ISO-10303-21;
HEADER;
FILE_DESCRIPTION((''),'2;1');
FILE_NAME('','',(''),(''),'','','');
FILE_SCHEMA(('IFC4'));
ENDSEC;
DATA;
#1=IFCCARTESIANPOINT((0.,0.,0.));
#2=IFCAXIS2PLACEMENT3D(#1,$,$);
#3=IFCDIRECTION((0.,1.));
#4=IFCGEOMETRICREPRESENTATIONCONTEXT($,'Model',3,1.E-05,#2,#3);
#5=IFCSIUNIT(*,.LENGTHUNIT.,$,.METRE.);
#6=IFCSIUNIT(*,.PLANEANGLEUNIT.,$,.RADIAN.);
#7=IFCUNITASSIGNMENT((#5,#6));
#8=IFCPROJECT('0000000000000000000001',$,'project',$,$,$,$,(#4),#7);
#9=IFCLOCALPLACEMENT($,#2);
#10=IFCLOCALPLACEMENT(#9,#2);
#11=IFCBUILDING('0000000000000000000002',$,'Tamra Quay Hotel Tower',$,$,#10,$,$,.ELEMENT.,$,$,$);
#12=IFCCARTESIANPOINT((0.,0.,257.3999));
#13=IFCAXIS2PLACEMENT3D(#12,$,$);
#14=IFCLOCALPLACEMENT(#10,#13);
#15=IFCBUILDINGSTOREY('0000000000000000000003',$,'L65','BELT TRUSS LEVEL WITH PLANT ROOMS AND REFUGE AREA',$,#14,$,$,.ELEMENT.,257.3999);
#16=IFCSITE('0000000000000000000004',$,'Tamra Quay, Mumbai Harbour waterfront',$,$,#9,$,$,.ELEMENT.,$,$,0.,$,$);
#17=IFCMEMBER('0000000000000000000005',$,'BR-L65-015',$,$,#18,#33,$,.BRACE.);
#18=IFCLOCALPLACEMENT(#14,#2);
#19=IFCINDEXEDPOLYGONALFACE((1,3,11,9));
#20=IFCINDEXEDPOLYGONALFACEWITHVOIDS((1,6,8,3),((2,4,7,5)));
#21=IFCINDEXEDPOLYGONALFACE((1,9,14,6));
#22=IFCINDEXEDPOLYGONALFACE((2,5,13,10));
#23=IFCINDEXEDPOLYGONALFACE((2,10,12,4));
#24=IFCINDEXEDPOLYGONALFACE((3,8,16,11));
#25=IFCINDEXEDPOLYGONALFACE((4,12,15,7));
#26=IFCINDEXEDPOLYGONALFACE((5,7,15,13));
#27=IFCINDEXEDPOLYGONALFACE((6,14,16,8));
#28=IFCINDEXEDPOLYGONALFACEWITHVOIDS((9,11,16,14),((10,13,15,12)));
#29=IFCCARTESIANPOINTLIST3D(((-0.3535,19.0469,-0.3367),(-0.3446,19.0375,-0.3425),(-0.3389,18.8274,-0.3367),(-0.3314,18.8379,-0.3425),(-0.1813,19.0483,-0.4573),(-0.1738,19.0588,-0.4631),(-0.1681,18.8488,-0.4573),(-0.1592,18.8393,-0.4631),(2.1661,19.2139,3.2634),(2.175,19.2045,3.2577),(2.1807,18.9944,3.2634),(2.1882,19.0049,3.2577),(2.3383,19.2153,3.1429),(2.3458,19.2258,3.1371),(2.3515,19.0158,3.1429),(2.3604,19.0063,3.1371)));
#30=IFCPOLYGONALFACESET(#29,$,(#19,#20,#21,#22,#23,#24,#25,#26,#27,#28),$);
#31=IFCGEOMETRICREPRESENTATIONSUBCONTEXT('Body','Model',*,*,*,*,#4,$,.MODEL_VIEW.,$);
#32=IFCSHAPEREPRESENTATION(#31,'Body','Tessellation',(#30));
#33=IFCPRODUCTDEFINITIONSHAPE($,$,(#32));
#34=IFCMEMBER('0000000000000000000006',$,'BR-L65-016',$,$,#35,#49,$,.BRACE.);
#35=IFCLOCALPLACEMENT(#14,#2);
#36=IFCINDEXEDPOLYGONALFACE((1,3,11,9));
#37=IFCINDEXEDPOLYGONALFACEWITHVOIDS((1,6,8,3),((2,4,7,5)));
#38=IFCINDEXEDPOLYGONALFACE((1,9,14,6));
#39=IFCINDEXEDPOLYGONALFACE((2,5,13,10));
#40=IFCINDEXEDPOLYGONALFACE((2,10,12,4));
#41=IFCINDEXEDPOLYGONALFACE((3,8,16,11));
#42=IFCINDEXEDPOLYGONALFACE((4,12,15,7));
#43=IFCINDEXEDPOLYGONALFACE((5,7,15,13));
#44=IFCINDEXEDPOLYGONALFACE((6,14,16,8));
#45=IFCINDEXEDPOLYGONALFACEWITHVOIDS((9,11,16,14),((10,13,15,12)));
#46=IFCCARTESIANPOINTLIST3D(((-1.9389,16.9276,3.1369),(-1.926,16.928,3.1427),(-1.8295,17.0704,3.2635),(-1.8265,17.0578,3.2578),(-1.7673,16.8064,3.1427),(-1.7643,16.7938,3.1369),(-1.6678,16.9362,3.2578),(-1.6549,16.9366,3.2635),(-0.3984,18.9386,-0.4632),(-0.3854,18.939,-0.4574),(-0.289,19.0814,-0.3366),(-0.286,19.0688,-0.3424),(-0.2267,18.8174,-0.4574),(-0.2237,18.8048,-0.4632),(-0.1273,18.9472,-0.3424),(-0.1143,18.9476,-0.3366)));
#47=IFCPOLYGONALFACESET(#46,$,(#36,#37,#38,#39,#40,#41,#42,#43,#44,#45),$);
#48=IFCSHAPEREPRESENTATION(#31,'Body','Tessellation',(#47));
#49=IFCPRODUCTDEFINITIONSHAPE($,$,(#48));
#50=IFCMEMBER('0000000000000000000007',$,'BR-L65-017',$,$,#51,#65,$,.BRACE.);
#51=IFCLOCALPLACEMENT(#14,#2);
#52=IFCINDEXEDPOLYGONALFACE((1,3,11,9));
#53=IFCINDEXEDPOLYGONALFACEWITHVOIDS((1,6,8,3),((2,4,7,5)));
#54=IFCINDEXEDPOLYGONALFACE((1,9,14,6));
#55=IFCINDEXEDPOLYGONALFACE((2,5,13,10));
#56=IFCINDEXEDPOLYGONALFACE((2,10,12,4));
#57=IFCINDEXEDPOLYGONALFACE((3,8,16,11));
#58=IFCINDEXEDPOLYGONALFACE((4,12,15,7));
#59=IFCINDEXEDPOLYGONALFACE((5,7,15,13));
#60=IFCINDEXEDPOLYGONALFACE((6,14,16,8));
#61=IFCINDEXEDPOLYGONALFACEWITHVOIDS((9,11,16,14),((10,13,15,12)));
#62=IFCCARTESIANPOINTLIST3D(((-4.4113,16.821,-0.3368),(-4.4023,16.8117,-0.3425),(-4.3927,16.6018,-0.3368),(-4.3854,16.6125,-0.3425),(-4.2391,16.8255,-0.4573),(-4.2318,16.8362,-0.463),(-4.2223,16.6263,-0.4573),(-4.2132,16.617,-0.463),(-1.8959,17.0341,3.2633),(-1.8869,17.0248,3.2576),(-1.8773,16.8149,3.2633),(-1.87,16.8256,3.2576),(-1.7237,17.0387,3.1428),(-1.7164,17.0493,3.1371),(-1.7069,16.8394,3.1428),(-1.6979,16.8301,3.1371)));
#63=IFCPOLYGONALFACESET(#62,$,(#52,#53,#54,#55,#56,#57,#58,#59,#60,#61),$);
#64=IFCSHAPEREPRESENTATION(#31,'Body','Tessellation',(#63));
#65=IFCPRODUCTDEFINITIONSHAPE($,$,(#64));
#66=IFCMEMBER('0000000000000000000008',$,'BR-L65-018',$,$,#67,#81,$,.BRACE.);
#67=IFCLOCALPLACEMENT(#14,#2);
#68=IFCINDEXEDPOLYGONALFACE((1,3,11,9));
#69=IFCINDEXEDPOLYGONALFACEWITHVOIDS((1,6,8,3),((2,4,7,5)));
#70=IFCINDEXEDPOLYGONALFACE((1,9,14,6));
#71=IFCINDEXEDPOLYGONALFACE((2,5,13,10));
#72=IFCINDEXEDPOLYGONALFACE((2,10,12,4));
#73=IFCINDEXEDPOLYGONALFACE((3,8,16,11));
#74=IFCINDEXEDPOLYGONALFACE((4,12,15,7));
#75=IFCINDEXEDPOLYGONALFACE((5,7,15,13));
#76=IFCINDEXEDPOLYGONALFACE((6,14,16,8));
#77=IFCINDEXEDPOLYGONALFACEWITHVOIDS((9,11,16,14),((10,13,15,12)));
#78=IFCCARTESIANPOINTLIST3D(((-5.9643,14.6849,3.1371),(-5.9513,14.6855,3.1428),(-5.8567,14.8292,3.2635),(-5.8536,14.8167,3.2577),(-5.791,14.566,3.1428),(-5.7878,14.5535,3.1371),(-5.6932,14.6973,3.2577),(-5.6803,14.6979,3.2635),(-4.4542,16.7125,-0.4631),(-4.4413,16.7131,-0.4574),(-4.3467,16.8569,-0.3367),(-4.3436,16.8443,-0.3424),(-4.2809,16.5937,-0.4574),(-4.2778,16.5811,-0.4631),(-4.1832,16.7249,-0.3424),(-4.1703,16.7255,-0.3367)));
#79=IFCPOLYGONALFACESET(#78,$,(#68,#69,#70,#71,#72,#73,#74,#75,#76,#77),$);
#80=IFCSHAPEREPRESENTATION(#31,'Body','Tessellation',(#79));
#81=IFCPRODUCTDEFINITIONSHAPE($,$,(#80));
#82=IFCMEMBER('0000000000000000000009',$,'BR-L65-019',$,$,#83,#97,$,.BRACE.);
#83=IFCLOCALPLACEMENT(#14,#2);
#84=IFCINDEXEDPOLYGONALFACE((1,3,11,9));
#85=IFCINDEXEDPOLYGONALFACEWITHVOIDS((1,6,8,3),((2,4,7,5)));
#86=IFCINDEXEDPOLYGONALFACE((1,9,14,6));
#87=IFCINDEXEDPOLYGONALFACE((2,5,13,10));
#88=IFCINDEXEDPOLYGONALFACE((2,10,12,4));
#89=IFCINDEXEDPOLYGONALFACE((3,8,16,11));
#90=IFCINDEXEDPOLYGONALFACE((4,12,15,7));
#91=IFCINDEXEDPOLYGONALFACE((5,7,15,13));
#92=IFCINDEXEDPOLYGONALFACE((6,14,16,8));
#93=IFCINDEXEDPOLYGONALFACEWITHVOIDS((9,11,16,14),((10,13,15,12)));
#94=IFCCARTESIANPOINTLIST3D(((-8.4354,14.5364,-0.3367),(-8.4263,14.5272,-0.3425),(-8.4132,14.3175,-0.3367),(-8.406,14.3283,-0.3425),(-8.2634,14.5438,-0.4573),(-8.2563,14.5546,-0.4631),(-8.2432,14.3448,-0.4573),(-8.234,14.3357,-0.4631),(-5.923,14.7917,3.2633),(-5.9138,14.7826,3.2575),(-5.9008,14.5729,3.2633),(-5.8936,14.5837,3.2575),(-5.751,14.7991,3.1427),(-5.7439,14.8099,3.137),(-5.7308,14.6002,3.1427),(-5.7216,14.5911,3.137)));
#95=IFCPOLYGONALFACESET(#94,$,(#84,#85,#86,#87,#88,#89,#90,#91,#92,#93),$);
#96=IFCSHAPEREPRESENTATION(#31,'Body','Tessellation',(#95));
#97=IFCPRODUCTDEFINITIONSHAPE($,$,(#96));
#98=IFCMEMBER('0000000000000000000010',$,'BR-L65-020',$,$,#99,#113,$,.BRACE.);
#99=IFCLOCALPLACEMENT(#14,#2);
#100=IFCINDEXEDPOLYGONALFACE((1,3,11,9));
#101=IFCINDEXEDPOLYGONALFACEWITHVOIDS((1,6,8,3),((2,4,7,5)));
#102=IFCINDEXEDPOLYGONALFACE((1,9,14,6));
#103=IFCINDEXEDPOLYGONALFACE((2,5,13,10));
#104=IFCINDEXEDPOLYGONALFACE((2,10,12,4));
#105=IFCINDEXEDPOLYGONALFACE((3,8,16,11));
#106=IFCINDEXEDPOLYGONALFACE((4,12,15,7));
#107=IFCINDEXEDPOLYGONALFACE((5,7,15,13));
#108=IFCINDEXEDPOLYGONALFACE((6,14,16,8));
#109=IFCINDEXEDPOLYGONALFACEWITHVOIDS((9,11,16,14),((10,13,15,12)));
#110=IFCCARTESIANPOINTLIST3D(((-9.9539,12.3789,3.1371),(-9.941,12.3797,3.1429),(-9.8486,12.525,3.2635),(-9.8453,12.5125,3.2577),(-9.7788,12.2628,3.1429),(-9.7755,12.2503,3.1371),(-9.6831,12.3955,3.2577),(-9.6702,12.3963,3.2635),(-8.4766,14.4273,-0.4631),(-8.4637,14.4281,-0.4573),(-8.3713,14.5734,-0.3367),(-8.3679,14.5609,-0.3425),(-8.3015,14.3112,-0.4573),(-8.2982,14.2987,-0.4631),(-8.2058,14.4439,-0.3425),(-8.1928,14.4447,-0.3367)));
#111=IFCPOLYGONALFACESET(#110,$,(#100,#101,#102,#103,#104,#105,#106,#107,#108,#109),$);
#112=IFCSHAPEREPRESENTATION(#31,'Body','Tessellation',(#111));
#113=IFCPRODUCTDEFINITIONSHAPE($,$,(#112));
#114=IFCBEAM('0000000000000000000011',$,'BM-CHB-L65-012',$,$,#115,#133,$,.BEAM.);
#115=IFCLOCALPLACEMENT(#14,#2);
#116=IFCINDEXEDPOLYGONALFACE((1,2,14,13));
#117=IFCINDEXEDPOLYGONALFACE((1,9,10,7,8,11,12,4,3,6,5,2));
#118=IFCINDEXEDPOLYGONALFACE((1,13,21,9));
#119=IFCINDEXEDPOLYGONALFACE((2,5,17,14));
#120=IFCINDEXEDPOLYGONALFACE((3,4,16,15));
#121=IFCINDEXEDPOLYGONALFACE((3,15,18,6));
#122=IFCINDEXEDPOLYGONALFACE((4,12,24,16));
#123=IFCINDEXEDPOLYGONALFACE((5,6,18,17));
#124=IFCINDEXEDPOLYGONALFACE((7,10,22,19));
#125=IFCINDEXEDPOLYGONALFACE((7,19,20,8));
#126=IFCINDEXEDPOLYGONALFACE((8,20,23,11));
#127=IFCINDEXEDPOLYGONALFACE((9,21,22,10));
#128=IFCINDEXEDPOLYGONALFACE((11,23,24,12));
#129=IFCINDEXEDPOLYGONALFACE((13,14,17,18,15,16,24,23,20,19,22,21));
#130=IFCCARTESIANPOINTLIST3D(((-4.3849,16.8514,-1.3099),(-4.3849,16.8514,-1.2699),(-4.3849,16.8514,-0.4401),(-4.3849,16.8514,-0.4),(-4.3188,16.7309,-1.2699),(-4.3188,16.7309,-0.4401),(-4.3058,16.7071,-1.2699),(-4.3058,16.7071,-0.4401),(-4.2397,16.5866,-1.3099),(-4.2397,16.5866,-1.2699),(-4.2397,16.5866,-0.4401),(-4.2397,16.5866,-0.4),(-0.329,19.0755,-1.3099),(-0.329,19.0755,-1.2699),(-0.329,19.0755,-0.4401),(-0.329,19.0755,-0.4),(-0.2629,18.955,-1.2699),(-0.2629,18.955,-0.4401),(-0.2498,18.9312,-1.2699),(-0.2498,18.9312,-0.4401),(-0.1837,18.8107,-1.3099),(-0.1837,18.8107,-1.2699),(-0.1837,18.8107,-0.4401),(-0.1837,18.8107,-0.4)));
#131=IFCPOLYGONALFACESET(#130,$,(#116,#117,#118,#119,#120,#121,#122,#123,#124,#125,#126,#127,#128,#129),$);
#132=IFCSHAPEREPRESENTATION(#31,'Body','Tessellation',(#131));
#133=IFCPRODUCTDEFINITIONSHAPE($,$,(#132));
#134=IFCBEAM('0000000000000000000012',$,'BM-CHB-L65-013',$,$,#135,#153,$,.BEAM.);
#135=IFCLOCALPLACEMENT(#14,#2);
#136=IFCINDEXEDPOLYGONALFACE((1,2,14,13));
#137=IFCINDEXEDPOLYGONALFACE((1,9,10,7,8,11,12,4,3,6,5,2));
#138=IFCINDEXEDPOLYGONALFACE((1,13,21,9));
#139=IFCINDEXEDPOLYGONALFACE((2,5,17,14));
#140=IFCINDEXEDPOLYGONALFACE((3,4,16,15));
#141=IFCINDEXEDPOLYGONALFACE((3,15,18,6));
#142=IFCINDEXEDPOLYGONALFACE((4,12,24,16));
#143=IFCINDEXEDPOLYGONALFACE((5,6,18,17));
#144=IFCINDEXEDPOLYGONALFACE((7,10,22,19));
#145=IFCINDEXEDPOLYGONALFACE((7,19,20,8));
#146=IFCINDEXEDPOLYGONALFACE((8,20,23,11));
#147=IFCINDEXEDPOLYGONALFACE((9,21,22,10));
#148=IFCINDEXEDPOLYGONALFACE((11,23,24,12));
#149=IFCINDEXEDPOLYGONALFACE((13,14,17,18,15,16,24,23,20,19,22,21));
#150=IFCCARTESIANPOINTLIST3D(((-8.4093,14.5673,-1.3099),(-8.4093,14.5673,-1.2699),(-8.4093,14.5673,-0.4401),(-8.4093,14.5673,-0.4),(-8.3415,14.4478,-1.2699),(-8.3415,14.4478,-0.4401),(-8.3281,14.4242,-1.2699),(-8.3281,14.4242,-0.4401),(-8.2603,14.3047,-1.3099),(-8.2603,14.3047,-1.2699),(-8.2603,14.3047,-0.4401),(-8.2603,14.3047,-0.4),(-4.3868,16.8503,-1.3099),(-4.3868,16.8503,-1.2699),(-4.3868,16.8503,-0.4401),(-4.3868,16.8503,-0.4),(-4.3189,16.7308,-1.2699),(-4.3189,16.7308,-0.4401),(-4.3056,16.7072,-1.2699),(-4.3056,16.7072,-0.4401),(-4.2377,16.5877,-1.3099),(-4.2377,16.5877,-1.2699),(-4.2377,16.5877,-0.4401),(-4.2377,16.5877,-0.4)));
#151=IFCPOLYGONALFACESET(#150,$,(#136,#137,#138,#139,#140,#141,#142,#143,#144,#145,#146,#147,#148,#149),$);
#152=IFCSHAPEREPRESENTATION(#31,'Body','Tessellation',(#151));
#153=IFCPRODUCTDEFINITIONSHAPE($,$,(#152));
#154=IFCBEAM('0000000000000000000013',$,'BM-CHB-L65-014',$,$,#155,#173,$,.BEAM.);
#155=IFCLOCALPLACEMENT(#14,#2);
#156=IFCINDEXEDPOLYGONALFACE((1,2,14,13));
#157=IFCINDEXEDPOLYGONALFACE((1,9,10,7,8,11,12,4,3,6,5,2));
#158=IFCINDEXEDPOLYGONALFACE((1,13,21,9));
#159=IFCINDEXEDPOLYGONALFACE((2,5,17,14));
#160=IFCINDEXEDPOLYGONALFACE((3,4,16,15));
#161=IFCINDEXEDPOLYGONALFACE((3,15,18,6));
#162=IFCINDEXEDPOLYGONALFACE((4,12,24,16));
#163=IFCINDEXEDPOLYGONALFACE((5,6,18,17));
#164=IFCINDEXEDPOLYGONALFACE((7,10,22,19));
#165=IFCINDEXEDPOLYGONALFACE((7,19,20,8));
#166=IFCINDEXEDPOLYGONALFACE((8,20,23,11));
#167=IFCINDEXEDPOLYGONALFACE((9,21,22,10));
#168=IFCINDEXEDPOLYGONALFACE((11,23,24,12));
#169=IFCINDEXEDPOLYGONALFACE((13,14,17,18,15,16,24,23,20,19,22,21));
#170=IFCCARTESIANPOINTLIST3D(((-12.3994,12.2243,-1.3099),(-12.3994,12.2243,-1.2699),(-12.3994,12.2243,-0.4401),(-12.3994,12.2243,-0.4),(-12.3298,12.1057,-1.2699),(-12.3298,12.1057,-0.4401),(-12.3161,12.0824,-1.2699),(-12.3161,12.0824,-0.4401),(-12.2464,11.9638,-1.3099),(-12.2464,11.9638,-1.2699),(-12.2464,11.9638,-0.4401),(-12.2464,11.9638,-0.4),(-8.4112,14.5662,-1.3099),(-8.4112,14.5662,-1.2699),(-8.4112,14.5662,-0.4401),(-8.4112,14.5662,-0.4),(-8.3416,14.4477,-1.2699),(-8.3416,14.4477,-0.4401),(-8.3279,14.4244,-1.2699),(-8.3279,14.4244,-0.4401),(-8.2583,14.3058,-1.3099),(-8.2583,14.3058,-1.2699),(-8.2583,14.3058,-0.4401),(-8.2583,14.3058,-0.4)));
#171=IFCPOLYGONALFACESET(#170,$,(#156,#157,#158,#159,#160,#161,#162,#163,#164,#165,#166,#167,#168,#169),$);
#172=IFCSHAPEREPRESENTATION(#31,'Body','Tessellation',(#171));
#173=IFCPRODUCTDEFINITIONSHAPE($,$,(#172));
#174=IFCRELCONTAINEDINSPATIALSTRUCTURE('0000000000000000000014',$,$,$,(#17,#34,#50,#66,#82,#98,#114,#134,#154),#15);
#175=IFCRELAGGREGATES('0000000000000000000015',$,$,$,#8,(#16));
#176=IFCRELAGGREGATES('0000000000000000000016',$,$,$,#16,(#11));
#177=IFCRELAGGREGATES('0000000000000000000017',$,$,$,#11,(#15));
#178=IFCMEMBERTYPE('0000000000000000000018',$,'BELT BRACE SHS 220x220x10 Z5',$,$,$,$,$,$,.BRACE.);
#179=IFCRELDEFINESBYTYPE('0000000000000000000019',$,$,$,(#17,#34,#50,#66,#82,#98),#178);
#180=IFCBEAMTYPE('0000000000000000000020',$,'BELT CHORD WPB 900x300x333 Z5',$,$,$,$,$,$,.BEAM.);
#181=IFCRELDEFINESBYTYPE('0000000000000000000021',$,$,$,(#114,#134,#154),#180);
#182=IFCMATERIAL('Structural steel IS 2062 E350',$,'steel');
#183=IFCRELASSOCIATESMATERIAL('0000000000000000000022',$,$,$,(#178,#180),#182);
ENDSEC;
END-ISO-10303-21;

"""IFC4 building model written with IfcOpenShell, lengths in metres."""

from ifc_helpers import new_model, si_unit, direction, frame, origin, origin_2d, place, context, subcontext, project, spatial, hollow_rectangle, i_section, extrude, material, material_profile, profile_set, type_object, element, save


model = new_model("IFC4")

# Units and contexts
model_context = context("Model", 3, precision=1e-05, world=origin(), true_north=direction((0.0, 1.0)))
body_context = subcontext(model_context, "Body", "Model", "MODEL_VIEW")
ifc_project = project(units=[si_unit("LENGTHUNIT", "METRE"), si_unit("PLANEANGLEUNIT", "RADIAN")], contexts=[model_context])

# Site, building, storey
site_placement = place(None, origin())
site = spatial("IfcSite", under=ifc_project, at=site_placement, Name="Tamra Quay, Mumbai Harbour waterfront", CompositionType="ELEMENT", RefElevation=0.0)
building_placement = place(site_placement, origin())
building = spatial("IfcBuilding", under=site, at=building_placement, Name="Tamra Quay Hotel Tower", CompositionType="ELEMENT")
storey_placement = place(building_placement, frame((0.0, 0.0, 257.3999)))
storey = spatial("IfcBuildingStorey", under=building, at=storey_placement, Name="L65", Description="BELT TRUSS LEVEL WITH PLANT ROOMS AND REFUGE AREA", CompositionType="ELEMENT", Elevation=257.3999)

# Members
ifc_material_1 = material(Name="Structural steel IS 2062 E350", Category="steel")
ifc_material_profile_1 = material_profile(ifc_material_1, hollow_rectangle(XDim=0.22, YDim=0.22, WallThickness=0.01, at=origin_2d()), Name="SHS 220x220x10")
ifc_profile_set_1 = profile_set([ifc_material_profile_1], Name="Structural steel IS 2062 E350")
member_type = type_object("IfcMemberType", Name="BELT BRACE SHS 220x220x10 Z5", PredefinedType="BRACE", material=ifc_profile_set_1)
member_1_placement = place(storey_placement, frame((-0.2563, 18.9431, -0.3999), z_axis=(0.572967, 0.037976, 0.818698), x_axis=(-0.066134, 0.997811, 0.0)))
element("IfcMember", 1, at=member_1_placement, inside=storey, type_object=member_type, Name="BR-L65-015", PredefinedType="BRACE", context=body_context, shape_type="SweptSolid", body=[
    extrude(hollow_rectangle(XDim=0.22, YDim=0.22, WallThickness=0.01, at=origin_2d()), origin(), (0.0, 0.0, 1.0), 4.3975),
])
member_2_placement = place(storey_placement, frame((-0.2563, 18.9431, -0.3999), z_axis=(-0.349957, -0.45683, 0.817824), x_axis=(0.793841, -0.608126, 0.0)))
element("IfcMember", 2, at=member_2_placement, inside=storey, type_object=member_type, Name="BR-L65-016", PredefinedType="BRACE", context=body_context, shape_type="SweptSolid", body=[
    extrude(hollow_rectangle(XDim=0.22, YDim=0.22, WallThickness=0.01, at=origin_2d()), origin(), (0.0, 0.0, 1.0), 4.4021),
])
member_3_placement = place(storey_placement, frame((-4.3123, 16.719, -0.3999), z_axis=(0.572073, 0.048473, 0.818769), x_axis=(-0.08443, 0.996429, 0.0)))
element("IfcMember", 3, at=member_3_placement, inside=storey, type_object=member_type, Name="BR-L65-017", PredefinedType="BRACE", context=body_context, shape_type="SweptSolid", body=[
    extrude(hollow_rectangle(XDim=0.22, YDim=0.22, WallThickness=0.01, at=origin_2d()), origin(), (0.0, 0.0, 1.0), 4.397),
])
member_4_placement = place(storey_placement, frame((-4.3123, 16.719, -0.3999), z_axis=(-0.343255, -0.460911, 0.818374), x_axis=(0.802023, -0.597293, 0.0)))
element("IfcMember", 4, at=member_4_placement, inside=storey, type_object=member_type, Name="BR-L65-018", PredefinedType="BRACE", context=body_context, shape_type="SweptSolid", body=[
    extrude(hollow_rectangle(XDim=0.22, YDim=0.22, WallThickness=0.01, at=origin_2d()), origin(), (0.0, 0.0, 1.0), 4.3992),
])
member_5_placement = place(storey_placement, frame((-8.3347, 14.436, -0.3999), z_axis=(0.571331, 0.058071, 0.818662), x_axis=(-0.101121, 0.994874, 0.0)))
element("IfcMember", 5, at=member_5_placement, inside=storey, type_object=member_type, Name="BR-L65-019", PredefinedType="BRACE", context=body_context, shape_type="SweptSolid", body=[
    extrude(hollow_rectangle(XDim=0.22, YDim=0.22, WallThickness=0.01, at=origin_2d()), origin(), (0.0, 0.0, 1.0), 4.3975),
])
member_6_placement = place(storey_placement, frame((-8.3347, 14.436, -0.3999), z_axis=(-0.335933, -0.465787, 0.818652), x_axis=(0.811067, -0.584954, 0.0)))
element("IfcMember", 6, at=member_6_placement, inside=storey, type_object=member_type, Name="BR-L65-020", PredefinedType="BRACE", context=body_context, shape_type="SweptSolid", body=[
    extrude(hollow_rectangle(XDim=0.22, YDim=0.22, WallThickness=0.01, at=origin_2d()), origin(), (0.0, 0.0, 1.0), 4.3977),
])

# Beams
ifc_material_profile_2 = material_profile(ifc_material_1, i_section(OverallWidth=0.302, OverallDepth=0.9099, WebThickness=0.0271, FlangeThickness=0.04, at=origin_2d()), Name="WPB 900x300x333")
ifc_profile_set_2 = profile_set([ifc_material_profile_2], Name="Structural steel IS 2062 E350")
beam_type_1 = type_object("IfcBeamType", Name="BELT CHORD WPB 900x300x333 Z5", PredefinedType="BEAM", material=ifc_profile_set_2)
beam_1_placement = place(storey_placement, frame((-0.2563, 18.9431, -0.855), z_axis=(-0.87682, -0.480818, 0.0), x_axis=(0.480818, -0.87682, 0.0)))
element("IfcBeam", 7, at=beam_1_placement, inside=storey, type_object=beam_type_1, Name="BM-CHB-L65-012", PredefinedType="BEAM", context=body_context, shape_type="SweptSolid", body=[
    extrude(i_section(OverallWidth=0.302, OverallDepth=0.9099, WebThickness=0.0271, FlangeThickness=0.04, at=origin_2d()), origin(), (0.0, 0.0, 1.0), 4.6257),
])
beam_2_placement = place(storey_placement, frame((-4.3123, 16.719, -0.855), z_axis=(-0.869691, -0.493596, 0.0), x_axis=(0.493596, -0.869691, 0.0)))
element("IfcBeam", 8, at=beam_2_placement, inside=storey, type_object=beam_type_1, Name="BM-CHB-L65-013", PredefinedType="BEAM", context=body_context, shape_type="SweptSolid", body=[
    extrude(i_section(OverallWidth=0.302, OverallDepth=0.9099, WebThickness=0.0271, FlangeThickness=0.04, at=origin_2d()), origin(), (0.0, 0.0, 1.0), 4.6252),
])
beam_3_placement = place(storey_placement, frame((-8.3347, 14.436, -0.855), z_axis=(-0.862313, -0.506376, 0.0), x_axis=(0.506376, -0.862313, 0.0)))
element("IfcBeam", 9, at=beam_3_placement, inside=storey, type_object=beam_type_1, Name="BM-CHB-L65-014", PredefinedType="BEAM", context=body_context, shape_type="SweptSolid", body=[
    extrude(i_section(OverallWidth=0.302, OverallDepth=0.9099, WebThickness=0.0271, FlangeThickness=0.04, at=origin_2d()), origin(), (0.0, 0.0, 1.0), 4.625),
])

save(model, "model.ifc")
